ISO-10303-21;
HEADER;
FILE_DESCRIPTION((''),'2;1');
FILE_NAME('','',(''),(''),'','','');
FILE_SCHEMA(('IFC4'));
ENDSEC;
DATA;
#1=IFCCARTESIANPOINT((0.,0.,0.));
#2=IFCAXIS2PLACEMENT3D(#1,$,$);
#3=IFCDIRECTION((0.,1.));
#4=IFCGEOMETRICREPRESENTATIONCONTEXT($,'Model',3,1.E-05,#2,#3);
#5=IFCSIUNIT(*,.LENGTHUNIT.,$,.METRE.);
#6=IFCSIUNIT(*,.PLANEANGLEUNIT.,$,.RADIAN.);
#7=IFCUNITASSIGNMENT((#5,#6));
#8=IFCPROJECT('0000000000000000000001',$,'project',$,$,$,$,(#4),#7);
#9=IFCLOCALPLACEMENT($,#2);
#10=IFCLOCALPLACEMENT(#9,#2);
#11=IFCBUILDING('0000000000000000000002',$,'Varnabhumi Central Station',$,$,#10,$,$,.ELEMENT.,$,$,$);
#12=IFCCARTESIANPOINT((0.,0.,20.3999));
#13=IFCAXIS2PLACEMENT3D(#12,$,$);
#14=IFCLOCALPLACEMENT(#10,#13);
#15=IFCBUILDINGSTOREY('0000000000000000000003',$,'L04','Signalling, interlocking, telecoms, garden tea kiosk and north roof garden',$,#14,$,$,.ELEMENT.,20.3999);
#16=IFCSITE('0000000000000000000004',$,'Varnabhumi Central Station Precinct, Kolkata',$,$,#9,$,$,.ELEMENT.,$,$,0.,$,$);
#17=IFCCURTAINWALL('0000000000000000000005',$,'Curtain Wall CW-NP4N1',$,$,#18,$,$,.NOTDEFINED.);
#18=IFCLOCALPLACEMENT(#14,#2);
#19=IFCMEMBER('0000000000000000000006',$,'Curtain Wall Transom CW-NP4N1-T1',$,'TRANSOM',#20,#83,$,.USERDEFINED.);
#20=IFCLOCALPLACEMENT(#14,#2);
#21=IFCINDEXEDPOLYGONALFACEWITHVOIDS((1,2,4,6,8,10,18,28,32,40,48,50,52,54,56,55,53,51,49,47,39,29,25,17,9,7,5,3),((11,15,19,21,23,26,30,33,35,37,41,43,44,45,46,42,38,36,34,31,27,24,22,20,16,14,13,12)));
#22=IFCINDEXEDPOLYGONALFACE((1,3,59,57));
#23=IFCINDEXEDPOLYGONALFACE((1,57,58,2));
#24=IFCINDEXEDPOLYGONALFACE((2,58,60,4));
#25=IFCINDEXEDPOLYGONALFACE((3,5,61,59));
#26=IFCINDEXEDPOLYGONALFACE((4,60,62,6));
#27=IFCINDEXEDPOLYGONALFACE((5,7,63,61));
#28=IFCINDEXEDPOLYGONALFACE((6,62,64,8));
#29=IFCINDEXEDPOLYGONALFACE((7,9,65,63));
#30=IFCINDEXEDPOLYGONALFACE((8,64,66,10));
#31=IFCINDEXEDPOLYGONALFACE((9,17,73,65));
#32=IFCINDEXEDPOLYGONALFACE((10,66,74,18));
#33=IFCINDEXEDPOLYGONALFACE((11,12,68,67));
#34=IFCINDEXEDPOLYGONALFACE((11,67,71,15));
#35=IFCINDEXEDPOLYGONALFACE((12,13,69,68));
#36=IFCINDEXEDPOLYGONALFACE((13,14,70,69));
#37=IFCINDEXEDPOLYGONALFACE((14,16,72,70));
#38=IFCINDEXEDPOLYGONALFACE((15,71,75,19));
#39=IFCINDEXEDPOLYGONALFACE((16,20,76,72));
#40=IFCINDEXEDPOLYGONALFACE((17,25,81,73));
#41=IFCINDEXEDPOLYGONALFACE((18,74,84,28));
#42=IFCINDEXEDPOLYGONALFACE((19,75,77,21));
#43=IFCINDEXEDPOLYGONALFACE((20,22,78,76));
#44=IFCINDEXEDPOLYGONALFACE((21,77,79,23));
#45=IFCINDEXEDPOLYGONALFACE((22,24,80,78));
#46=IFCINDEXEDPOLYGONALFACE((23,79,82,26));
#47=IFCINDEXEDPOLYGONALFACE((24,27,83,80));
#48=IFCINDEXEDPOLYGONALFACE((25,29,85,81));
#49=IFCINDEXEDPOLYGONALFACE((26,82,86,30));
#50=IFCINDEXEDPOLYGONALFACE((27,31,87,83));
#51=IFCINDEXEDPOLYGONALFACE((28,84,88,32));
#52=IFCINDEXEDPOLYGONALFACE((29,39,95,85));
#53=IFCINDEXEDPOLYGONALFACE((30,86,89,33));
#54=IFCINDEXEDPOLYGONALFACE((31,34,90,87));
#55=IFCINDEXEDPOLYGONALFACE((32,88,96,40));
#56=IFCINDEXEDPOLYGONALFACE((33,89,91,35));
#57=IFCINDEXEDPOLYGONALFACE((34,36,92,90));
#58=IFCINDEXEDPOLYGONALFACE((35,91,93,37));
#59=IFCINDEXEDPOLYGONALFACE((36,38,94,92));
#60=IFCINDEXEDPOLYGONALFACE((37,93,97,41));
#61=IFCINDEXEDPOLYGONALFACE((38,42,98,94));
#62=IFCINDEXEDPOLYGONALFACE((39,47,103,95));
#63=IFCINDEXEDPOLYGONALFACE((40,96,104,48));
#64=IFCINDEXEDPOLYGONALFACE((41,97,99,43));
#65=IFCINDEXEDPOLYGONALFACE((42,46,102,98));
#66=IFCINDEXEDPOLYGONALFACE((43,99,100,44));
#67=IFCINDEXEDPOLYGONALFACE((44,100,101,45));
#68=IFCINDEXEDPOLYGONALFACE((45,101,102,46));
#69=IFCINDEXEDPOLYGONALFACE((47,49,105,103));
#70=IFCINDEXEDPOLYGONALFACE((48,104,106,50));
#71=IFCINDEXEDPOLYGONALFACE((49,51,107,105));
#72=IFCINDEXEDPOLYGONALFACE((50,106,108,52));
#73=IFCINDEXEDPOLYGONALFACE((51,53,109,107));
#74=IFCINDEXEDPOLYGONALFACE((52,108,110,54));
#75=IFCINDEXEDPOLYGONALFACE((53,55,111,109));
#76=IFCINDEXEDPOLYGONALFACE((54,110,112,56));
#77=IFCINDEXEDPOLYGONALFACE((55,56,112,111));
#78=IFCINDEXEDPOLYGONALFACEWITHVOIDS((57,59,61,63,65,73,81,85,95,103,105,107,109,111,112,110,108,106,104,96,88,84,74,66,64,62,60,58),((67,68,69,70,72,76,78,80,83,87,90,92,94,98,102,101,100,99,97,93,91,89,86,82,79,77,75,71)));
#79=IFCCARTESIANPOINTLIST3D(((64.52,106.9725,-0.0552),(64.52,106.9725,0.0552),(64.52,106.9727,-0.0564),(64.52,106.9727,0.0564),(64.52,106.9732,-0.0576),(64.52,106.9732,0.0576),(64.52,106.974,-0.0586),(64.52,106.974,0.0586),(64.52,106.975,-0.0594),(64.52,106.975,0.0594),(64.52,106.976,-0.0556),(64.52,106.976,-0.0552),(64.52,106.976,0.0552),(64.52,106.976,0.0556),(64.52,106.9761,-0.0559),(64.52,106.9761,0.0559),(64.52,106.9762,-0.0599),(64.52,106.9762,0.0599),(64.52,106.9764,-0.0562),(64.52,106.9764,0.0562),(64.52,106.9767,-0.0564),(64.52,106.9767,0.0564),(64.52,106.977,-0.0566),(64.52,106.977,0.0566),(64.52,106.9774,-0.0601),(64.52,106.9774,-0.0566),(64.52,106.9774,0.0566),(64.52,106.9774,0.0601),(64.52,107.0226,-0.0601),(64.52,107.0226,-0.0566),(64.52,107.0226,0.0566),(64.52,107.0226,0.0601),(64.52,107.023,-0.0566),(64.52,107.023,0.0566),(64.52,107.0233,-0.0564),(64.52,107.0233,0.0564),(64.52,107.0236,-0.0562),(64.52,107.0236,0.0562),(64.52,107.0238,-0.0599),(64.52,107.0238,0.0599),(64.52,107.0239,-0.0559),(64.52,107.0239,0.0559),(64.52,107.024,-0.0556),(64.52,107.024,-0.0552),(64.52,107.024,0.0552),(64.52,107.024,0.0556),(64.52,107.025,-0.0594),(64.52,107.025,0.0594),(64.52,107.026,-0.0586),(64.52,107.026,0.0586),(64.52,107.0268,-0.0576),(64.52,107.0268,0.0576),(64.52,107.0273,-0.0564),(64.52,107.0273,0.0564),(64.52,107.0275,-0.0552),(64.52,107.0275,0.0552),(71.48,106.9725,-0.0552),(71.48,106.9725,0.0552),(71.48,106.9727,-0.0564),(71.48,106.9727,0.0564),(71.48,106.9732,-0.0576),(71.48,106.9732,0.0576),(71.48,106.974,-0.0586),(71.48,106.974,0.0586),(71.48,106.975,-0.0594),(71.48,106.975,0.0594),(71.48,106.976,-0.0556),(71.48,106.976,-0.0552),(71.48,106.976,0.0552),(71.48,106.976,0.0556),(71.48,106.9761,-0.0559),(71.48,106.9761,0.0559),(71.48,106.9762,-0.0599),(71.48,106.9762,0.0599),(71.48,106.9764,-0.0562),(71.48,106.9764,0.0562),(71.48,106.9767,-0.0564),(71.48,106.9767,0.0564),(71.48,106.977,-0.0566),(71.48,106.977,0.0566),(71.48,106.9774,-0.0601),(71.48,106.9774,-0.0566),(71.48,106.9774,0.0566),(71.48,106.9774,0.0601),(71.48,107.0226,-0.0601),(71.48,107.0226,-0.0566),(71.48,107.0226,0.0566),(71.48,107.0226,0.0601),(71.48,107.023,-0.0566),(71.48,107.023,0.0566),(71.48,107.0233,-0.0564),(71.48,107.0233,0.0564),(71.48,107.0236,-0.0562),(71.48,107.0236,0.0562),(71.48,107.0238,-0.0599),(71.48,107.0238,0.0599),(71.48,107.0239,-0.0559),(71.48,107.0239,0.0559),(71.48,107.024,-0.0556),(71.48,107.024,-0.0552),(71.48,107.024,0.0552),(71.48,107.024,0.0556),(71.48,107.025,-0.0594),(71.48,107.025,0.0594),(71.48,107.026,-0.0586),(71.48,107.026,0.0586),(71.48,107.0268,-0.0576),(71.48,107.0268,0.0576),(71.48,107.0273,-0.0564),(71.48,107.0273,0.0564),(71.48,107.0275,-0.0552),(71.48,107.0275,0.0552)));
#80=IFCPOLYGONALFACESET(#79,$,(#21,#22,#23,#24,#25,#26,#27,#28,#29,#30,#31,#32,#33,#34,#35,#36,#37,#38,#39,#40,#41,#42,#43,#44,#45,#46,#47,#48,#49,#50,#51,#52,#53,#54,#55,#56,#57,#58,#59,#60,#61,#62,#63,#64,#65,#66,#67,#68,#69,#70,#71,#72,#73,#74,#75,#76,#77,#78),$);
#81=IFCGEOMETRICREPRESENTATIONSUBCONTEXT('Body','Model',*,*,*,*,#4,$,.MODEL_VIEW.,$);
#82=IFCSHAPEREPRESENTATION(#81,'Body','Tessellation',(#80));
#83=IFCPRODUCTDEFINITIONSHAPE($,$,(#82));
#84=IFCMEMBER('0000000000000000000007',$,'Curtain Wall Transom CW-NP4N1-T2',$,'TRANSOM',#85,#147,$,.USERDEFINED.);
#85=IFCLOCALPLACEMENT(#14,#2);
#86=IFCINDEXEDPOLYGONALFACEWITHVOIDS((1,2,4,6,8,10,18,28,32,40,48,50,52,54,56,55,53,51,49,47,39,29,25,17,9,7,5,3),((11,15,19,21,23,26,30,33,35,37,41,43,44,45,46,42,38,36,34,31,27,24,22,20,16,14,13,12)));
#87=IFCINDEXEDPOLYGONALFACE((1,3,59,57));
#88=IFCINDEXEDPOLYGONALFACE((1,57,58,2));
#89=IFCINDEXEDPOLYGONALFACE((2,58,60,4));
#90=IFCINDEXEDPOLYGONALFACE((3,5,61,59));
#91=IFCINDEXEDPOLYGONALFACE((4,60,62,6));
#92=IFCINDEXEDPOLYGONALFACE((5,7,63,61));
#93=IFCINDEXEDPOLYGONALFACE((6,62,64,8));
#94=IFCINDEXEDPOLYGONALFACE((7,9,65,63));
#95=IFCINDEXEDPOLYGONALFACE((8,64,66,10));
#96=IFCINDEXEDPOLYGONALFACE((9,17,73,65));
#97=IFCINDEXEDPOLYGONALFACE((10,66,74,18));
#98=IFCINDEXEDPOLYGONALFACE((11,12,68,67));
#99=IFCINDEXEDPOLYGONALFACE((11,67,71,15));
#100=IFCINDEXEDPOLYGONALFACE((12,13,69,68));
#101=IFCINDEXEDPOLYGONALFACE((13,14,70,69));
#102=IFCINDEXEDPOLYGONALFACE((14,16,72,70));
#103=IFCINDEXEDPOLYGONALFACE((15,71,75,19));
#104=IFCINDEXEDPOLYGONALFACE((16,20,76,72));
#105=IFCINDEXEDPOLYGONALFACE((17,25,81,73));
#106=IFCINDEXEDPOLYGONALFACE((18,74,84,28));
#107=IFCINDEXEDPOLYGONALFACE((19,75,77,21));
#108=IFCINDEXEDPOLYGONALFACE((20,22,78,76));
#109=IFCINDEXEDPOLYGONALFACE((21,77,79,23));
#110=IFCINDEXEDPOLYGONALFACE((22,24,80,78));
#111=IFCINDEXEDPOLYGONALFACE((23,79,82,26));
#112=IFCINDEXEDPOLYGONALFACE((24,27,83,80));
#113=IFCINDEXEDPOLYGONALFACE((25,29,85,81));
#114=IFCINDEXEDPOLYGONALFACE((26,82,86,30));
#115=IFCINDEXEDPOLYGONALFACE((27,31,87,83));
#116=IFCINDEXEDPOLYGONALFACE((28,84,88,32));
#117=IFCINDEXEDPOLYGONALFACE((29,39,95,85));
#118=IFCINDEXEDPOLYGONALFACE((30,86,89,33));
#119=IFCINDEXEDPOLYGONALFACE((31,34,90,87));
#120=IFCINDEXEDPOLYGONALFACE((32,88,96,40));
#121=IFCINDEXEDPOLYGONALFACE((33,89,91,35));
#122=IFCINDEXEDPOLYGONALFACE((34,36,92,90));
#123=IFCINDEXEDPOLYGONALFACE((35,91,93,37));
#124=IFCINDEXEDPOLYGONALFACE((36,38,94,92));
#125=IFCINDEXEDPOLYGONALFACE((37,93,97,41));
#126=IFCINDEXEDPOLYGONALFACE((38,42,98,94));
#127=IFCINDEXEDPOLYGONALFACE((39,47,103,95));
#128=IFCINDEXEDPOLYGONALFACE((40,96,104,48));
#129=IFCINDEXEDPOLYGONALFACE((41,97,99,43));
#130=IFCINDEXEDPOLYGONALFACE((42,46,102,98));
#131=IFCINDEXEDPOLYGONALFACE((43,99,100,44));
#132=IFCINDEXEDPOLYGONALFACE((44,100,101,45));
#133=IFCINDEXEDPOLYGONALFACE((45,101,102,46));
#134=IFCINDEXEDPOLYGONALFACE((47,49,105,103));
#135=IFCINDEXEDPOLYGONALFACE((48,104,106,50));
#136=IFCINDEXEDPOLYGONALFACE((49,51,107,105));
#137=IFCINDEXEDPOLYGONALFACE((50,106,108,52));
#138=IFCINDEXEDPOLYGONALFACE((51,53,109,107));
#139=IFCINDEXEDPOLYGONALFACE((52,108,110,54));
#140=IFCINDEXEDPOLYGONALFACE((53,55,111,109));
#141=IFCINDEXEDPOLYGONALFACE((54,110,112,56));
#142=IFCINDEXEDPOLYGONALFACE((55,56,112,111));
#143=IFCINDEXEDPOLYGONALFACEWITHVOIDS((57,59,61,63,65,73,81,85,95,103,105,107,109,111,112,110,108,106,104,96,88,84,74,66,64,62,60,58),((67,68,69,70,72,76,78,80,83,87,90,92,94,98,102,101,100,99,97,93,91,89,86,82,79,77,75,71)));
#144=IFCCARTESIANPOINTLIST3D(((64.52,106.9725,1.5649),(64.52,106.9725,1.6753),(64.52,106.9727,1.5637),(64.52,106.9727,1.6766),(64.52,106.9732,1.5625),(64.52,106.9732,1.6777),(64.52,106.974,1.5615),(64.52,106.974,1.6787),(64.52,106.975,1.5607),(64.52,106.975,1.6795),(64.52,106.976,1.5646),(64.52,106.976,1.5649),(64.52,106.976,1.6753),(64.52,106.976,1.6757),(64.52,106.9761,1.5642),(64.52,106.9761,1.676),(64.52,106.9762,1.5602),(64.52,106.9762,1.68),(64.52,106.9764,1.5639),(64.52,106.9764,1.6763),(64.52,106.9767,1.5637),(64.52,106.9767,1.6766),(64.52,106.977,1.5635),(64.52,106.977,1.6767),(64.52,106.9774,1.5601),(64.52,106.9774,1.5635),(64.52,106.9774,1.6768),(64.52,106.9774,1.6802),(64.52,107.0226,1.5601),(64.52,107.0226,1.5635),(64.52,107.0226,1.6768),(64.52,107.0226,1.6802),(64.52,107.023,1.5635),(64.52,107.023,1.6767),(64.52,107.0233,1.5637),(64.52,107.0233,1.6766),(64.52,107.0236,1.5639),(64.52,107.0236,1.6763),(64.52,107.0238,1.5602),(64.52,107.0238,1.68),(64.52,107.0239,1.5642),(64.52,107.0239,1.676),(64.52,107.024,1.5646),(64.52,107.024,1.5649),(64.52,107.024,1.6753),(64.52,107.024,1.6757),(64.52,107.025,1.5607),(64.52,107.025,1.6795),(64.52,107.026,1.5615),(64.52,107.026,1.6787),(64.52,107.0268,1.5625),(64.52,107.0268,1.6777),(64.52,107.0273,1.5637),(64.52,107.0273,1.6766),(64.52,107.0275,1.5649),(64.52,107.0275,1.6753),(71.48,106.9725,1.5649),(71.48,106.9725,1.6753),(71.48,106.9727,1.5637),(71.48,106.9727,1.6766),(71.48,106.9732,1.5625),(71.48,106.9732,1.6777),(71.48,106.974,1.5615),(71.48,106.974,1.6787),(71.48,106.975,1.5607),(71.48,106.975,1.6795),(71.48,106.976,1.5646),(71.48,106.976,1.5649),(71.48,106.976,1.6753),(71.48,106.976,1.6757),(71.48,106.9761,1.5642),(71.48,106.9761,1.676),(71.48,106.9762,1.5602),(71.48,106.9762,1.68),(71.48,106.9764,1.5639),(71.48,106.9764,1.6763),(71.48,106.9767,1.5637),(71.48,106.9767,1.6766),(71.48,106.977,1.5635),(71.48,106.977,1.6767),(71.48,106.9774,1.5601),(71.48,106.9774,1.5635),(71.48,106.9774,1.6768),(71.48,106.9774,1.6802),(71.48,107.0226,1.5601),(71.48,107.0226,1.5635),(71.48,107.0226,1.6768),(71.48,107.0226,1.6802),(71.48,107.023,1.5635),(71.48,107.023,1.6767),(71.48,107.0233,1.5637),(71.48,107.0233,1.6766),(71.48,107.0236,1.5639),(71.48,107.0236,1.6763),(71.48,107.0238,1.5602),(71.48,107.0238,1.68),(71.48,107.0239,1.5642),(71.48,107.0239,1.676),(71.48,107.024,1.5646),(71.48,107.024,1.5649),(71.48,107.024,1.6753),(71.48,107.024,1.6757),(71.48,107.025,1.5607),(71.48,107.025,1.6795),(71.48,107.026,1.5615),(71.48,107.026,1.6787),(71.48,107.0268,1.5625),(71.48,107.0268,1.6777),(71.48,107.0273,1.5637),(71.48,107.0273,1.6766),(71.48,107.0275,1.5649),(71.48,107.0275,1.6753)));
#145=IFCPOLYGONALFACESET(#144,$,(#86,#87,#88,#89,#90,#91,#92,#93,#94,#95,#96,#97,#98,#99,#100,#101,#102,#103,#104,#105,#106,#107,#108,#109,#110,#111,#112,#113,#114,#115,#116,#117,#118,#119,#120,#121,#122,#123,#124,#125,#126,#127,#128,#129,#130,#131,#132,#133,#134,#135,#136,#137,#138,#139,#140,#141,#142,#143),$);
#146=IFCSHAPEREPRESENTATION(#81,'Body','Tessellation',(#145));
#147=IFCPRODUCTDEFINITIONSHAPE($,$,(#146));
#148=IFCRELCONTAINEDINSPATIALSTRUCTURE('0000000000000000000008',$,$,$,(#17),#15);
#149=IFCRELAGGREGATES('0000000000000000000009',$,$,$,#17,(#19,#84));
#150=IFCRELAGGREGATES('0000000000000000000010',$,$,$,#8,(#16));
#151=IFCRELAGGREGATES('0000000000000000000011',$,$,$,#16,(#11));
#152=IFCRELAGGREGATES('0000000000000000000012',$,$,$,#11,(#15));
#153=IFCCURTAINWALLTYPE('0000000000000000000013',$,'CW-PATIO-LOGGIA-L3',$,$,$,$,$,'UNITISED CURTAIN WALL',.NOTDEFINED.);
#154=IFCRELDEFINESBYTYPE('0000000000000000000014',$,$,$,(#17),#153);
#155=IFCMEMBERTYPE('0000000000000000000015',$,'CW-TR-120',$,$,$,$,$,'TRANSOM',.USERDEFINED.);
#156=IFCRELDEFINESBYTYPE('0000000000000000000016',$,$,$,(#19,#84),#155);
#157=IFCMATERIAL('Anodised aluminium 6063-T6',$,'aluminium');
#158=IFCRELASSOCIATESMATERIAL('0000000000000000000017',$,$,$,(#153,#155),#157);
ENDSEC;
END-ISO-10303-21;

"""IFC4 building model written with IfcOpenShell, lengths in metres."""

from ifc_helpers import new_model, si_unit, direction, frame, origin, origin_2d, place, context, subcontext, project, spatial, hollow_rectangle, extrude, material, material_profile, profile_set, type_object, element, aggregate, save


model = new_model("IFC4")

# Units and contexts
model_context = context("Model", 3, precision=1e-05, world=origin(), true_north=direction((0.0, 1.0)))
body_context = subcontext(model_context, "Body", "Model", "MODEL_VIEW")
ifc_project = project(units=[si_unit("LENGTHUNIT", "METRE"), si_unit("PLANEANGLEUNIT", "RADIAN")], contexts=[model_context])

# Site, building, storey
site_placement = place(None, origin())
site = spatial("IfcSite", under=ifc_project, at=site_placement, Name="Varnabhumi Central Station Precinct, Kolkata", CompositionType="ELEMENT", RefElevation=0.0)
building_placement = place(site_placement, origin())
building = spatial("IfcBuilding", under=site, at=building_placement, Name="Varnabhumi Central Station", CompositionType="ELEMENT")
storey_placement = place(building_placement, frame((0.0, 0.0, 20.3999)))
storey = spatial("IfcBuildingStorey", under=building, at=storey_placement, Name="L04", Description="Signalling, interlocking, telecoms, garden tea kiosk and north roof garden", CompositionType="ELEMENT", Elevation=20.3999)

# Shared definitions
ifc_material_1 = material(Name="Anodised aluminium 6063-T6", Category="aluminium")
curtain_wall_type = type_object("IfcCurtainWallType", Name="CW-PATIO-LOGGIA-L3", ElementType="UNITISED CURTAIN WALL", PredefinedType="NOTDEFINED", material=ifc_material_1)

# Curtain wall
curtain_wall_1_placement = place(storey_placement, origin())
curtain_wall_1 = element("IfcCurtainWall", 1, at=curtain_wall_1_placement, inside=storey, type_object=curtain_wall_type, Name="Curtain Wall CW-NP4N1", PredefinedType="NOTDEFINED")

# Members
ifc_material_profile_1 = material_profile(ifc_material_1, hollow_rectangle(XDim=0.0549, YDim=0.1201, WallThickness=0.0034, InnerFilletRadius=0.0015, OuterFilletRadius=0.0049, at=origin_2d()), Name="Anodised aluminium 6063-T6", Category="aluminium")
ifc_profile_set_1 = profile_set([ifc_material_profile_1], Name="Anodised aluminium 6063-T6")
member_type_1 = type_object("IfcMemberType", Name="CW-TR-120", ElementType="TRANSOM", PredefinedType="USERDEFINED", material=ifc_profile_set_1)
member_1_placement = place(storey_placement, frame((64.52, 107.0, 0.0), z_axis=(1.0, 0.0, 0.0), x_axis=(0.0, 1.0, 0.0)))
member_1 = element("IfcMember", 2, at=member_1_placement, type_object=member_type_1, Name="Curtain Wall Transom CW-NP4N1-T1", ObjectType="TRANSOM", PredefinedType="USERDEFINED", context=body_context, shape_type="SweptSolid", body=[
    extrude(hollow_rectangle(XDim=0.0549, YDim=0.1201, WallThickness=0.0034, InnerFilletRadius=0.0015, OuterFilletRadius=0.0049, at=origin_2d()), origin(), (0.0, 0.0, 1.0), 6.96),
])
member_2_placement = place(storey_placement, frame((64.52, 107.0, 1.6201), z_axis=(1.0, 0.0, 0.0), x_axis=(0.0, 1.0, 0.0)))
member_2 = element("IfcMember", 3, at=member_2_placement, type_object=member_type_1, Name="Curtain Wall Transom CW-NP4N1-T2", ObjectType="TRANSOM", PredefinedType="USERDEFINED", context=body_context, shape_type="SweptSolid", body=[
    extrude(hollow_rectangle(XDim=0.0549, YDim=0.1201, WallThickness=0.0034, InnerFilletRadius=0.0015, OuterFilletRadius=0.0049, at=origin_2d()), origin(), (0.0, 0.0, 1.0), 6.96),
])

aggregate(curtain_wall_1, [member_1, member_2])

save(model, "model.ifc")
